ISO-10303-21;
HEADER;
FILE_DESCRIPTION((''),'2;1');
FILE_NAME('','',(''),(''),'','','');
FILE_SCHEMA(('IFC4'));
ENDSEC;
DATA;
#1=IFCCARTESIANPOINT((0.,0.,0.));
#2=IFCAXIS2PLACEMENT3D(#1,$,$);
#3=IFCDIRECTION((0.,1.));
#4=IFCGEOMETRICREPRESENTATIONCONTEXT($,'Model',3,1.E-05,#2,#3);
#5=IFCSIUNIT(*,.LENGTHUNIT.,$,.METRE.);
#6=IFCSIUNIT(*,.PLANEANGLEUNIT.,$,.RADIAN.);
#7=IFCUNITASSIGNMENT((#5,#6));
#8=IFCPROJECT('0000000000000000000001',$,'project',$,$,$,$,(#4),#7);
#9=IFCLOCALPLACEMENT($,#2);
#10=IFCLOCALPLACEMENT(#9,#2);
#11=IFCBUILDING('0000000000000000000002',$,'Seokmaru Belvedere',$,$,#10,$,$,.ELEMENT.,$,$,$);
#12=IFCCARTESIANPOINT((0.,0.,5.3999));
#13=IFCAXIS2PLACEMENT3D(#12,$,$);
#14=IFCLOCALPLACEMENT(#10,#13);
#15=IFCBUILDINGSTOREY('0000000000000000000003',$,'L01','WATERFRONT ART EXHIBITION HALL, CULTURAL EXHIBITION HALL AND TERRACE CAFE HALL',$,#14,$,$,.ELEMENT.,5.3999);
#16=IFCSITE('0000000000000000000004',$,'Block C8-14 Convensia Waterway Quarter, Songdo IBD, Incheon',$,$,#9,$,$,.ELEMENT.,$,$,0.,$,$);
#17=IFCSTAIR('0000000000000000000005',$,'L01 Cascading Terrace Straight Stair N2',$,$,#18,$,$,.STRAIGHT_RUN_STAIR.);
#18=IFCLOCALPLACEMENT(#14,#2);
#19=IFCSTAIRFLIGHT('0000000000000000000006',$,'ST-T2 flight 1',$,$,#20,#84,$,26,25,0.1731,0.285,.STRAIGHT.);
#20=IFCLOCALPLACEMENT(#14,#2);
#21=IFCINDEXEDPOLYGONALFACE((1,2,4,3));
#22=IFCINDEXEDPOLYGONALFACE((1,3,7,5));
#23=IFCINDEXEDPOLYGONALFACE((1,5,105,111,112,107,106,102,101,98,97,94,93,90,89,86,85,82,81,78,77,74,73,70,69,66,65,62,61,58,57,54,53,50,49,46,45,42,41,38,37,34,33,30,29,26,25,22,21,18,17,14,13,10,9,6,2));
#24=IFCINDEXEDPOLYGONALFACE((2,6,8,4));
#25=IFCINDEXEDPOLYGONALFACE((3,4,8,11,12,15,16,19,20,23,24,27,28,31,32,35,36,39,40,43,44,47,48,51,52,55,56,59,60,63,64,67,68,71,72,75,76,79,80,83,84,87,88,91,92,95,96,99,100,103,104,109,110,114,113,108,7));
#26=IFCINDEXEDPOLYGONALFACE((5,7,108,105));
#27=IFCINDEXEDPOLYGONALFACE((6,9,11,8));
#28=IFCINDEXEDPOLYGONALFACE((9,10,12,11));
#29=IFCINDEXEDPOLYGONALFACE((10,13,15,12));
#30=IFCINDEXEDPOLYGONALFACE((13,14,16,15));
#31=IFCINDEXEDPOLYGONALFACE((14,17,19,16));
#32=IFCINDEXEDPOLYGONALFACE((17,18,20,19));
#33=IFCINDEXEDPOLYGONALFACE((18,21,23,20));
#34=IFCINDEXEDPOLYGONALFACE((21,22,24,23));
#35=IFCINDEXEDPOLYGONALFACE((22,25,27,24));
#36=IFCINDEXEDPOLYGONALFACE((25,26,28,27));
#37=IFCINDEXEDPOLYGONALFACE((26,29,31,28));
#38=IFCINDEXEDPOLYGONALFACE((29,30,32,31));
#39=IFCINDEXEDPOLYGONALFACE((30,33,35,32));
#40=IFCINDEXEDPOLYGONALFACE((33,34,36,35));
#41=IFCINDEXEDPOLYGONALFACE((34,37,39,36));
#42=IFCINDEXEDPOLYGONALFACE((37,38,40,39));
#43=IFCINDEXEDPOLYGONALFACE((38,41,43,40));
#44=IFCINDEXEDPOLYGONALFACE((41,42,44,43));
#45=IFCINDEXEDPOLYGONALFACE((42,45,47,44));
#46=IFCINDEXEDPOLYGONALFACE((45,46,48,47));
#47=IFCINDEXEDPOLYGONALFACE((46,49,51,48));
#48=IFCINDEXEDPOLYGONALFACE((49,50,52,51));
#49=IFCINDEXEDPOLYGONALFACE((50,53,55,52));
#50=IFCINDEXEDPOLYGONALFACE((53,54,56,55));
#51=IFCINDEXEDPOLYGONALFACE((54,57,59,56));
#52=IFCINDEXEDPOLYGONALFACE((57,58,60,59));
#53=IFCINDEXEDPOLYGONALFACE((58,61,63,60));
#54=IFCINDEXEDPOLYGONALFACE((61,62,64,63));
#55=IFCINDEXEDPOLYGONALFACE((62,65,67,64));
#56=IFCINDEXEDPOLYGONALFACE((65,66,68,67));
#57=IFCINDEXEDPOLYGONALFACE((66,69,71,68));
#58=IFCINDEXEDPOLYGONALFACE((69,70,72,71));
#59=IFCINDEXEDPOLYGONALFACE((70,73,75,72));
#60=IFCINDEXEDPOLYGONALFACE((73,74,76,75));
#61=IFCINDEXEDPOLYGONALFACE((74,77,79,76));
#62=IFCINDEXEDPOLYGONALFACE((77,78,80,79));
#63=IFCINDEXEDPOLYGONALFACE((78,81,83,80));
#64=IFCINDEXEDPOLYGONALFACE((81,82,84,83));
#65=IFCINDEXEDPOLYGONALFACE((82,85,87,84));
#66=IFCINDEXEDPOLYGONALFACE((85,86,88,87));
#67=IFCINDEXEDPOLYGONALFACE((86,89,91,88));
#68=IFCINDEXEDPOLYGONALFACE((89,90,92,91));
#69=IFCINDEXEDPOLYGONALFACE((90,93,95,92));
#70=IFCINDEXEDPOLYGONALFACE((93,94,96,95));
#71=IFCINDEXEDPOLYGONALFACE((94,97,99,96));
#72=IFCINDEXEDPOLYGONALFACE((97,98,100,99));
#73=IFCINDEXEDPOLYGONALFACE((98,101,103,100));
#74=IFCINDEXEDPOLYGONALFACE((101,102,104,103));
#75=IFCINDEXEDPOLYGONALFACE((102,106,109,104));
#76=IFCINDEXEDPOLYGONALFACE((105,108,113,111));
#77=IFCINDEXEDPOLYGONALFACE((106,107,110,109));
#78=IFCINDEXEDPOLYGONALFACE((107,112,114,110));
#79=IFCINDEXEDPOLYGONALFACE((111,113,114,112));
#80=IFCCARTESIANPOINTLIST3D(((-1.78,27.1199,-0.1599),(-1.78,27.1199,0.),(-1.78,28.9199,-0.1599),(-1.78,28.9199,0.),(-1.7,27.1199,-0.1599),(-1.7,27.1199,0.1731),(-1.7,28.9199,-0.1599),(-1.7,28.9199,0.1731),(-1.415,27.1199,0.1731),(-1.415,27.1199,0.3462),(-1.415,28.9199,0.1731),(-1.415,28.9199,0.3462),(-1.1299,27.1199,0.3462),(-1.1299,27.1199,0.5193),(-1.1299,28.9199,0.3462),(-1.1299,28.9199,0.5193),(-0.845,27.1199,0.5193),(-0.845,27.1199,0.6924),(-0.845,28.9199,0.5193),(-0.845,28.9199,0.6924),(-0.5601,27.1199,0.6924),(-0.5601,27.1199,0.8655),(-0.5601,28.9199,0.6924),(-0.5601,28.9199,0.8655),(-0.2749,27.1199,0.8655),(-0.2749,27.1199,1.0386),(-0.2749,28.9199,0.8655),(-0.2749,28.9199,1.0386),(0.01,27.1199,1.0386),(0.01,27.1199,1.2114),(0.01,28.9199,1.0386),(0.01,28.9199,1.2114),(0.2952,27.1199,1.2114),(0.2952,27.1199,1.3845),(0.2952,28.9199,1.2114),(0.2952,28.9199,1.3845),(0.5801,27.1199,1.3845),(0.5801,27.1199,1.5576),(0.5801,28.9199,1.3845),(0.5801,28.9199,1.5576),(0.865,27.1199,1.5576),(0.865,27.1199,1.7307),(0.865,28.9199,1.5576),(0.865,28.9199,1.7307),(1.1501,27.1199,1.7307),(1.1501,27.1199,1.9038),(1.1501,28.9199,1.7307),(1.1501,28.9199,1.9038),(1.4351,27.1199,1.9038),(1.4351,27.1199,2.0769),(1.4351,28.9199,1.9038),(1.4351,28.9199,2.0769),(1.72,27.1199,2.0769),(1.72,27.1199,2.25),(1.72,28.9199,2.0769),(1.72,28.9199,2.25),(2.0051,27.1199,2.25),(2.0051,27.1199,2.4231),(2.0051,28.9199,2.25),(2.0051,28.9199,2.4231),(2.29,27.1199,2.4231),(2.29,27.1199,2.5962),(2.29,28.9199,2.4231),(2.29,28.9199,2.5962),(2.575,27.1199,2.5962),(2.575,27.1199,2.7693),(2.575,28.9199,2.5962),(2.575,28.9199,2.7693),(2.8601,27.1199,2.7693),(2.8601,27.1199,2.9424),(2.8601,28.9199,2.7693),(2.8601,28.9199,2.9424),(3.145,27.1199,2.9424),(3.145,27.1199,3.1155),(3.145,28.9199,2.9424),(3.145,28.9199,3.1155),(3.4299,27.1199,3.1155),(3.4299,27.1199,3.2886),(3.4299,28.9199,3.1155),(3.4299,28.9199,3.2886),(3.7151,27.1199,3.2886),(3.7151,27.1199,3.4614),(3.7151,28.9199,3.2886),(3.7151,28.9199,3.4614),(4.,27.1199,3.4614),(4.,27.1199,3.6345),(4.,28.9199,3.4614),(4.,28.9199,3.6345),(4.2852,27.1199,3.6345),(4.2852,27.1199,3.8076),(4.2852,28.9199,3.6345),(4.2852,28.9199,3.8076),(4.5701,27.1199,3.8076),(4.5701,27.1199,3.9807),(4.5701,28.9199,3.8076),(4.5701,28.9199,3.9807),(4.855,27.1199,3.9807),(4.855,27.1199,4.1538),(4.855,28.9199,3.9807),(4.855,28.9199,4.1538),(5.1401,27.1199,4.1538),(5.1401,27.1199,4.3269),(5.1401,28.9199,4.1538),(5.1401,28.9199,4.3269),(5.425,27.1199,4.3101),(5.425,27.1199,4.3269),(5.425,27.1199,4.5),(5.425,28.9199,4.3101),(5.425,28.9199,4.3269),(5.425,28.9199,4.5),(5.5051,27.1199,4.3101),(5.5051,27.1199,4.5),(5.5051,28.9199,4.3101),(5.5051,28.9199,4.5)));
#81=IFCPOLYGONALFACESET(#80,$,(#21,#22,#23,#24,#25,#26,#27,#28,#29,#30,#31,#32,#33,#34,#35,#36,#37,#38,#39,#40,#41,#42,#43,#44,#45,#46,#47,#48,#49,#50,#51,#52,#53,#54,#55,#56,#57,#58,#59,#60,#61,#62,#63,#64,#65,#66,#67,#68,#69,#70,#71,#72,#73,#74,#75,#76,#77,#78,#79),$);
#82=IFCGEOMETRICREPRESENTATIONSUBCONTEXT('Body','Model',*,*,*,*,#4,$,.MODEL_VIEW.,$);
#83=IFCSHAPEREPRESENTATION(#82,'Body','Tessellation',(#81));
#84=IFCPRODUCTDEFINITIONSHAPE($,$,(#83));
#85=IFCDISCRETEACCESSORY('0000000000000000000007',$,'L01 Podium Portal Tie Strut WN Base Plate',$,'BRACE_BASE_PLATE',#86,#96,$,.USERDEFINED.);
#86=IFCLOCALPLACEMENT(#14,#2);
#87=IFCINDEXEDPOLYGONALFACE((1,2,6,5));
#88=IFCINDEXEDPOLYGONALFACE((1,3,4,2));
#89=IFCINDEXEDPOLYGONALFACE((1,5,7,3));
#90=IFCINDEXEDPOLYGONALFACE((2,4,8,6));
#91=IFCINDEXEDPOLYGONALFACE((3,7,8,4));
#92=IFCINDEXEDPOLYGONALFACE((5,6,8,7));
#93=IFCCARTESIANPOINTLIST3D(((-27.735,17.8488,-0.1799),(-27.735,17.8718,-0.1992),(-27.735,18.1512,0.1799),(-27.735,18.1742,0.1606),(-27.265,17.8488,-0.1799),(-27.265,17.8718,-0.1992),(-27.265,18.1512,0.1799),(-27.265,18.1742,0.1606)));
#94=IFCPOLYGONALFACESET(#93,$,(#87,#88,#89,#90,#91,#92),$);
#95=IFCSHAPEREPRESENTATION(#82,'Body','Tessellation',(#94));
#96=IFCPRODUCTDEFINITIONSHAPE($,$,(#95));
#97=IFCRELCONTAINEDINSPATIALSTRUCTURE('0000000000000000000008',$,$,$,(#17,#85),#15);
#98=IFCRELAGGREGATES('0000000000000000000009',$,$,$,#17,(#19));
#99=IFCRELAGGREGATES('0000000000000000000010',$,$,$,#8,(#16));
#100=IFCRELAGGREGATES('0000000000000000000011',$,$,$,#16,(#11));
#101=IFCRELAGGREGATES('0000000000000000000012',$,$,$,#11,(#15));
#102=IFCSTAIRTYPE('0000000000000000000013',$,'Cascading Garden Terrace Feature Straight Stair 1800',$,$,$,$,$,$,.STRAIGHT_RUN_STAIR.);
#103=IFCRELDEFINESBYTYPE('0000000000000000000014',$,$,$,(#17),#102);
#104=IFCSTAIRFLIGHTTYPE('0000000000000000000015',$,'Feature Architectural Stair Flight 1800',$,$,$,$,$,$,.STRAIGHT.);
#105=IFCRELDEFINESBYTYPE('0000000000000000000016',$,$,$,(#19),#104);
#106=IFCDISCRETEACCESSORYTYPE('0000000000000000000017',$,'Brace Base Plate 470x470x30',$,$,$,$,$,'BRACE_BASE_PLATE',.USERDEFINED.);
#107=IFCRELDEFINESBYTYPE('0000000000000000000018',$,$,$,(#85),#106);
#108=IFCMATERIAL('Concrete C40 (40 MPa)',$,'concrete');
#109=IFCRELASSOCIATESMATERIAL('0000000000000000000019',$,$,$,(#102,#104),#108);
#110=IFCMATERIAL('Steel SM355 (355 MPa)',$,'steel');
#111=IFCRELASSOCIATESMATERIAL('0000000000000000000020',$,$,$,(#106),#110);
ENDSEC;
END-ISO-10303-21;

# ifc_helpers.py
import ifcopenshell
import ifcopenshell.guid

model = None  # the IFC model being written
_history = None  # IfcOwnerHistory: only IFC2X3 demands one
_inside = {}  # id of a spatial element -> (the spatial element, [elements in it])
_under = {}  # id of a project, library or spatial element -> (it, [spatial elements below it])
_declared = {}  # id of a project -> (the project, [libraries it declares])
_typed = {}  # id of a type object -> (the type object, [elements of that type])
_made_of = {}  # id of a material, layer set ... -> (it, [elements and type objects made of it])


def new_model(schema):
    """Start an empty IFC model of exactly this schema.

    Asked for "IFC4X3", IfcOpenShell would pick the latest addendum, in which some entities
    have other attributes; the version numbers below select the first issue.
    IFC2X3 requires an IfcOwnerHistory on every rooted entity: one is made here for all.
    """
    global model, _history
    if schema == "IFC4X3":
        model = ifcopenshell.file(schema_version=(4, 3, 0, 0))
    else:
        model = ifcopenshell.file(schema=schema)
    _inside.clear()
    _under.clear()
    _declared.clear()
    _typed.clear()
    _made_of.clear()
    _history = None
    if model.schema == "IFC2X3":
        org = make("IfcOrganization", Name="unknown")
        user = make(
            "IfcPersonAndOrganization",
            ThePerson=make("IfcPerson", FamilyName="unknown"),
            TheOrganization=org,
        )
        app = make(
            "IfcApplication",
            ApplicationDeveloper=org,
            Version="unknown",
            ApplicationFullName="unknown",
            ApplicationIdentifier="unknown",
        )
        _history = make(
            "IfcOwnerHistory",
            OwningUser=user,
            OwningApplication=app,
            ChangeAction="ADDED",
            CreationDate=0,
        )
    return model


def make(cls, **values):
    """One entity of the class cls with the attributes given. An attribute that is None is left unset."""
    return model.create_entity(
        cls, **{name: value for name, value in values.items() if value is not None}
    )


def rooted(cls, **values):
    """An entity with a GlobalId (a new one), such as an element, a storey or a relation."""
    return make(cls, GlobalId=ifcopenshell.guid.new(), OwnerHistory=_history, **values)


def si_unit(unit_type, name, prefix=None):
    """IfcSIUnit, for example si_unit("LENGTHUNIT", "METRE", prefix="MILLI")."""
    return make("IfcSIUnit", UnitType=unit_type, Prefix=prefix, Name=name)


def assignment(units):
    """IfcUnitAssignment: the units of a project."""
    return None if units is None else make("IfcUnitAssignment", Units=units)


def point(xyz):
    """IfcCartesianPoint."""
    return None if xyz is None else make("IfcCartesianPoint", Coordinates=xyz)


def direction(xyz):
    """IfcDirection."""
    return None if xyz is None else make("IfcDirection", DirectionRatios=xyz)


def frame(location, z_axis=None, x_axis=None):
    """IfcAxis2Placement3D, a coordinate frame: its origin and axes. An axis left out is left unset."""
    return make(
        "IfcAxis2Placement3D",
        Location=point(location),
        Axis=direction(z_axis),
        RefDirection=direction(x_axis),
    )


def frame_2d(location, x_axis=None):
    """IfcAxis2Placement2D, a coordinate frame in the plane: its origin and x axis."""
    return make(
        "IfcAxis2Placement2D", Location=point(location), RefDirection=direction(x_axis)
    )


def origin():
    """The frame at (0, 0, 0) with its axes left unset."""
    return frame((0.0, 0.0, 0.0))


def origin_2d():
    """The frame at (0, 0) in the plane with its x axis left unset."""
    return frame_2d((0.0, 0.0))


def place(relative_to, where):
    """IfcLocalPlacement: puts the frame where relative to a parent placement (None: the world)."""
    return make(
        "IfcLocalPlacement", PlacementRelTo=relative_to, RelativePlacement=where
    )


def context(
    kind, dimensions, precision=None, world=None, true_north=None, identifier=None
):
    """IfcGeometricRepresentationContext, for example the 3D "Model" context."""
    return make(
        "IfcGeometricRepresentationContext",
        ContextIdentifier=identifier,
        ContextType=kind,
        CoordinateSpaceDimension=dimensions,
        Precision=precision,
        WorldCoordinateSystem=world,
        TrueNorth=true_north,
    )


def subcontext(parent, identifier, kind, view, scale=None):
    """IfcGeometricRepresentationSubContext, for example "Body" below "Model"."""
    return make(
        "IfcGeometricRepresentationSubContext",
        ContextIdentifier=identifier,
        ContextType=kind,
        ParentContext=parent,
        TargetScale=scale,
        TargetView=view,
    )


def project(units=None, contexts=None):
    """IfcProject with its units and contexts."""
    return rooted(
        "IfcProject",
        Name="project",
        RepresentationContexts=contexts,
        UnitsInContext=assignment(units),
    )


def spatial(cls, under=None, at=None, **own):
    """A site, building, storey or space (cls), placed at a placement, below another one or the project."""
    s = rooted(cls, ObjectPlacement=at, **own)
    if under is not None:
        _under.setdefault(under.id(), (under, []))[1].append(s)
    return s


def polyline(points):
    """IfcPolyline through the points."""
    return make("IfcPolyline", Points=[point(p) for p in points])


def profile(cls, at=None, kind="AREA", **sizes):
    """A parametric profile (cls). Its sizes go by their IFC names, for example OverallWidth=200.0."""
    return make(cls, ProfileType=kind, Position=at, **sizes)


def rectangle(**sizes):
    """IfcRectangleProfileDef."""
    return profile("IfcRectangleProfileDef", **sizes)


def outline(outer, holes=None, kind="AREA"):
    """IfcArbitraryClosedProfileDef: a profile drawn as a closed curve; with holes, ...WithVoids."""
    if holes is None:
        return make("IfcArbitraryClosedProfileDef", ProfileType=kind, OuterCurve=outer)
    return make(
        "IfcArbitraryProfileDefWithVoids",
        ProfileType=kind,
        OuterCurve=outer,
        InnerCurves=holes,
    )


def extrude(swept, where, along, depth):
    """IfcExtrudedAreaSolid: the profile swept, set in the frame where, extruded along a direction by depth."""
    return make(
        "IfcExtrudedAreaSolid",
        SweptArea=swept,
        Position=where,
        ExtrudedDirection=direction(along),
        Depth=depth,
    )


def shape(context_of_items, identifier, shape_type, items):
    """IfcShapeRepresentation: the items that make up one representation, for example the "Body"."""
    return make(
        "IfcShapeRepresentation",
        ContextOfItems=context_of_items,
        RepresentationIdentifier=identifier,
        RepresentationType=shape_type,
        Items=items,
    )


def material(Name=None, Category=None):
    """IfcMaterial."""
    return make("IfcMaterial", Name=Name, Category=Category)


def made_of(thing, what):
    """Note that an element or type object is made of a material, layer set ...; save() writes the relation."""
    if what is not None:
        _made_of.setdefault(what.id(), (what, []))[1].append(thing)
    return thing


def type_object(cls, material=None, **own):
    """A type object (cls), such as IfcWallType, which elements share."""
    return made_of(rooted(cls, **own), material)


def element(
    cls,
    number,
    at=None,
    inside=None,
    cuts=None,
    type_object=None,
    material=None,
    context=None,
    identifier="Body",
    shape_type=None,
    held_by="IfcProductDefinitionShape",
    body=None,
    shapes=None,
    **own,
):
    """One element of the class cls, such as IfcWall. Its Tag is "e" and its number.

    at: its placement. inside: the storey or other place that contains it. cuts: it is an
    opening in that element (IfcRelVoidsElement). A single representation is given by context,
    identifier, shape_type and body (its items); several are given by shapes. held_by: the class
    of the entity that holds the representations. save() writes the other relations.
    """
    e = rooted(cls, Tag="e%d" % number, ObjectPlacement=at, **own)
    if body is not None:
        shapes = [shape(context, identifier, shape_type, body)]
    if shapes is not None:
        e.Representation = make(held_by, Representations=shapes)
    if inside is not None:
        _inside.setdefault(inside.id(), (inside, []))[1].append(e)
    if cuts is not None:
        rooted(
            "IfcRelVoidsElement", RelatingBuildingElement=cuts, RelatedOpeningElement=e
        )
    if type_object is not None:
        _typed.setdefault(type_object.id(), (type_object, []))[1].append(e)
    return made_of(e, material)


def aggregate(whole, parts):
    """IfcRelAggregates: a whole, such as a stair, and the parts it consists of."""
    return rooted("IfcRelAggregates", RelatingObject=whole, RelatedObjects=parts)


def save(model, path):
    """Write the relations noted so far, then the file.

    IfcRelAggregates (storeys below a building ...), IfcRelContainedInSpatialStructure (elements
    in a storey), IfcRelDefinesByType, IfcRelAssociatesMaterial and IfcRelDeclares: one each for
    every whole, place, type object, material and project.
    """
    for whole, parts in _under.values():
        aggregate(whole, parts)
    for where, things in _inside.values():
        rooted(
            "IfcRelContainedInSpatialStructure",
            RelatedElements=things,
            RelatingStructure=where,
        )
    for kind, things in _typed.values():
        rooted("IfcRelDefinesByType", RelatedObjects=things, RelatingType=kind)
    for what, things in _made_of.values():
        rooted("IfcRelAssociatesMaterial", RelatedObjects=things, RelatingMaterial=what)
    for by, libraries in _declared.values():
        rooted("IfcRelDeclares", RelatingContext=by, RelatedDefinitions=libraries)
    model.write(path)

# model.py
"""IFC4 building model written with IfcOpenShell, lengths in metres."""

from ifc_helpers import new_model, si_unit, direction, frame, origin, origin_2d, place, context, subcontext, project, spatial, polyline, rectangle, outline, extrude, material, type_object, element, aggregate, save


model = new_model("IFC4")

# Units and contexts
model_context = context("Model", 3, precision=1e-05, world=origin(), true_north=direction((0.0, 1.0)))
body_context = subcontext(model_context, "Body", "Model", "MODEL_VIEW")
ifc_project = project(units=[si_unit("LENGTHUNIT", "METRE"), si_unit("PLANEANGLEUNIT", "RADIAN")], contexts=[model_context])

# Site, building, storey
site_placement = place(None, origin())
site = spatial("IfcSite", under=ifc_project, at=site_placement, Name="Block C8-14 Convensia Waterway Quarter, Songdo IBD, Incheon", CompositionType="ELEMENT", RefElevation=0.0)
building_placement = place(site_placement, origin())
building = spatial("IfcBuilding", under=site, at=building_placement, Name="Seokmaru Belvedere", CompositionType="ELEMENT")
storey_placement = place(building_placement, frame((0.0, 0.0, 5.3999)))
storey = spatial("IfcBuildingStorey", under=building, at=storey_placement, Name="L01", Description="WATERFRONT ART EXHIBITION HALL, CULTURAL EXHIBITION HALL AND TERRACE CAFE HALL", CompositionType="ELEMENT", Elevation=5.3999)

# Shared definitions
ifc_material_1 = material(Name="Steel SM355 (355 MPa)", Category="steel")

# Stair, stair flight
ifc_material_2 = material(Name="Concrete C40 (40 MPa)", Category="concrete")
stair_type = type_object("IfcStairType", Name="Cascading Garden Terrace Feature Straight Stair 1800", PredefinedType="STRAIGHT_RUN_STAIR", material=ifc_material_2)
stair_flight_type = type_object("IfcStairFlightType", Name="Feature Architectural Stair Flight 1800", PredefinedType="STRAIGHT", material=ifc_material_2)
stair_1_placement = place(storey_placement, origin())
stair_1 = element("IfcStair", 1, at=stair_1_placement, inside=storey, type_object=stair_type, Name="L01 Cascading Terrace Straight Stair N2", PredefinedType="STRAIGHT_RUN_STAIR")
stair_flight_1_placement = place(storey_placement, frame((-1.7, 28.02, 0.0), z_axis=(0.0, 0.0, 1.0), x_axis=(1.0, 0.0, 0.0)))
stair_flight_1 = element("IfcStairFlight", 2, at=stair_flight_1_placement, type_object=stair_flight_type, Name="ST-T2 flight 1", NumberOfRisers=26, NumberOfTreads=25, PredefinedType="STRAIGHT", RiserHeight=0.1731, TreadLength=0.285, context=body_context, shape_type="SweptSolid", body=[
    extrude(outline(polyline([(-0.0801, 0.0), (0.0, 0.1731), (0.2849, 0.1731), (0.2849, 0.3462), (0.5701, 0.3462), (0.5701, 0.5193), (0.855, 0.5193), (0.855, 0.6924), (1.1399, 0.6924), (1.1399, 0.8655), (1.425, 0.8655), (1.425, 1.0386), (1.71, 1.0386), (1.71, 1.2114), (1.9951, 1.2114), (1.9951, 1.3845), (2.28, 1.3845), (2.28, 1.5576), (2.5649, 1.5576), (2.5649, 1.7307), (2.8501, 1.7307), (2.8501, 1.9038), (3.135, 1.9038), (3.135, 2.0769), (3.4199, 2.0769), (3.4199, 2.25), (3.7051, 2.25), (3.7051, 2.4231), (3.99, 2.4231), (3.99, 2.5962), (4.2749, 2.5962), (4.2749, 2.7693), (4.5601, 2.7693), (4.5601, 2.9424), (4.845, 2.9424), (4.845, 3.1155), (5.1299, 3.1155), (5.1299, 3.2886), (5.415, 3.2886), (5.415, 3.4614), (5.7, 3.4614), (5.7, 3.6345), (5.9851, 3.6345), (5.9851, 3.8076), (6.27, 3.8076), (6.27, 3.9807), (6.5549, 3.9807), (6.5549, 4.1538), (6.8401, 4.1538), (6.8401, 4.3269), (7.125, 4.3269), (7.125, 4.5), (7.2051, 4.5), (7.2051, 4.3101), (7.125, 4.3101), (0.0, -0.1599), (-0.0801, -0.1599), (-0.0801, 0.0)])), frame((0.0, 0.8999, 0.0), z_axis=(0.0, -1.0, 0.0), x_axis=(1.0, 0.0, 0.0)), (0.0, 0.0, 1.0), 1.8),
])
aggregate(stair_1, [stair_flight_1])

# Discrete accessory
discrete_accessory_type = type_object("IfcDiscreteAccessoryType", Name="Brace Base Plate 470x470x30", ElementType="BRACE_BASE_PLATE", PredefinedType="USERDEFINED", material=ifc_material_1)
discrete_accessory_placement = place(storey_placement, frame((-27.5, 18.0, 0.0), z_axis=(0.0, 0.765544, -0.643383), x_axis=(-1.0, 0.0, 0.0)))
element("IfcDiscreteAccessory", 3, at=discrete_accessory_placement, inside=storey, type_object=discrete_accessory_type, Name="L01 Podium Portal Tie Strut WN Base Plate", ObjectType="BRACE_BASE_PLATE", PredefinedType="USERDEFINED", context=body_context, shape_type="SweptSolid", body=[
    extrude(rectangle(XDim=0.47, YDim=0.47, at=origin_2d()), origin(), (0.0, 0.0, 1.0), 0.03),
])

save(model, "model.ifc")
